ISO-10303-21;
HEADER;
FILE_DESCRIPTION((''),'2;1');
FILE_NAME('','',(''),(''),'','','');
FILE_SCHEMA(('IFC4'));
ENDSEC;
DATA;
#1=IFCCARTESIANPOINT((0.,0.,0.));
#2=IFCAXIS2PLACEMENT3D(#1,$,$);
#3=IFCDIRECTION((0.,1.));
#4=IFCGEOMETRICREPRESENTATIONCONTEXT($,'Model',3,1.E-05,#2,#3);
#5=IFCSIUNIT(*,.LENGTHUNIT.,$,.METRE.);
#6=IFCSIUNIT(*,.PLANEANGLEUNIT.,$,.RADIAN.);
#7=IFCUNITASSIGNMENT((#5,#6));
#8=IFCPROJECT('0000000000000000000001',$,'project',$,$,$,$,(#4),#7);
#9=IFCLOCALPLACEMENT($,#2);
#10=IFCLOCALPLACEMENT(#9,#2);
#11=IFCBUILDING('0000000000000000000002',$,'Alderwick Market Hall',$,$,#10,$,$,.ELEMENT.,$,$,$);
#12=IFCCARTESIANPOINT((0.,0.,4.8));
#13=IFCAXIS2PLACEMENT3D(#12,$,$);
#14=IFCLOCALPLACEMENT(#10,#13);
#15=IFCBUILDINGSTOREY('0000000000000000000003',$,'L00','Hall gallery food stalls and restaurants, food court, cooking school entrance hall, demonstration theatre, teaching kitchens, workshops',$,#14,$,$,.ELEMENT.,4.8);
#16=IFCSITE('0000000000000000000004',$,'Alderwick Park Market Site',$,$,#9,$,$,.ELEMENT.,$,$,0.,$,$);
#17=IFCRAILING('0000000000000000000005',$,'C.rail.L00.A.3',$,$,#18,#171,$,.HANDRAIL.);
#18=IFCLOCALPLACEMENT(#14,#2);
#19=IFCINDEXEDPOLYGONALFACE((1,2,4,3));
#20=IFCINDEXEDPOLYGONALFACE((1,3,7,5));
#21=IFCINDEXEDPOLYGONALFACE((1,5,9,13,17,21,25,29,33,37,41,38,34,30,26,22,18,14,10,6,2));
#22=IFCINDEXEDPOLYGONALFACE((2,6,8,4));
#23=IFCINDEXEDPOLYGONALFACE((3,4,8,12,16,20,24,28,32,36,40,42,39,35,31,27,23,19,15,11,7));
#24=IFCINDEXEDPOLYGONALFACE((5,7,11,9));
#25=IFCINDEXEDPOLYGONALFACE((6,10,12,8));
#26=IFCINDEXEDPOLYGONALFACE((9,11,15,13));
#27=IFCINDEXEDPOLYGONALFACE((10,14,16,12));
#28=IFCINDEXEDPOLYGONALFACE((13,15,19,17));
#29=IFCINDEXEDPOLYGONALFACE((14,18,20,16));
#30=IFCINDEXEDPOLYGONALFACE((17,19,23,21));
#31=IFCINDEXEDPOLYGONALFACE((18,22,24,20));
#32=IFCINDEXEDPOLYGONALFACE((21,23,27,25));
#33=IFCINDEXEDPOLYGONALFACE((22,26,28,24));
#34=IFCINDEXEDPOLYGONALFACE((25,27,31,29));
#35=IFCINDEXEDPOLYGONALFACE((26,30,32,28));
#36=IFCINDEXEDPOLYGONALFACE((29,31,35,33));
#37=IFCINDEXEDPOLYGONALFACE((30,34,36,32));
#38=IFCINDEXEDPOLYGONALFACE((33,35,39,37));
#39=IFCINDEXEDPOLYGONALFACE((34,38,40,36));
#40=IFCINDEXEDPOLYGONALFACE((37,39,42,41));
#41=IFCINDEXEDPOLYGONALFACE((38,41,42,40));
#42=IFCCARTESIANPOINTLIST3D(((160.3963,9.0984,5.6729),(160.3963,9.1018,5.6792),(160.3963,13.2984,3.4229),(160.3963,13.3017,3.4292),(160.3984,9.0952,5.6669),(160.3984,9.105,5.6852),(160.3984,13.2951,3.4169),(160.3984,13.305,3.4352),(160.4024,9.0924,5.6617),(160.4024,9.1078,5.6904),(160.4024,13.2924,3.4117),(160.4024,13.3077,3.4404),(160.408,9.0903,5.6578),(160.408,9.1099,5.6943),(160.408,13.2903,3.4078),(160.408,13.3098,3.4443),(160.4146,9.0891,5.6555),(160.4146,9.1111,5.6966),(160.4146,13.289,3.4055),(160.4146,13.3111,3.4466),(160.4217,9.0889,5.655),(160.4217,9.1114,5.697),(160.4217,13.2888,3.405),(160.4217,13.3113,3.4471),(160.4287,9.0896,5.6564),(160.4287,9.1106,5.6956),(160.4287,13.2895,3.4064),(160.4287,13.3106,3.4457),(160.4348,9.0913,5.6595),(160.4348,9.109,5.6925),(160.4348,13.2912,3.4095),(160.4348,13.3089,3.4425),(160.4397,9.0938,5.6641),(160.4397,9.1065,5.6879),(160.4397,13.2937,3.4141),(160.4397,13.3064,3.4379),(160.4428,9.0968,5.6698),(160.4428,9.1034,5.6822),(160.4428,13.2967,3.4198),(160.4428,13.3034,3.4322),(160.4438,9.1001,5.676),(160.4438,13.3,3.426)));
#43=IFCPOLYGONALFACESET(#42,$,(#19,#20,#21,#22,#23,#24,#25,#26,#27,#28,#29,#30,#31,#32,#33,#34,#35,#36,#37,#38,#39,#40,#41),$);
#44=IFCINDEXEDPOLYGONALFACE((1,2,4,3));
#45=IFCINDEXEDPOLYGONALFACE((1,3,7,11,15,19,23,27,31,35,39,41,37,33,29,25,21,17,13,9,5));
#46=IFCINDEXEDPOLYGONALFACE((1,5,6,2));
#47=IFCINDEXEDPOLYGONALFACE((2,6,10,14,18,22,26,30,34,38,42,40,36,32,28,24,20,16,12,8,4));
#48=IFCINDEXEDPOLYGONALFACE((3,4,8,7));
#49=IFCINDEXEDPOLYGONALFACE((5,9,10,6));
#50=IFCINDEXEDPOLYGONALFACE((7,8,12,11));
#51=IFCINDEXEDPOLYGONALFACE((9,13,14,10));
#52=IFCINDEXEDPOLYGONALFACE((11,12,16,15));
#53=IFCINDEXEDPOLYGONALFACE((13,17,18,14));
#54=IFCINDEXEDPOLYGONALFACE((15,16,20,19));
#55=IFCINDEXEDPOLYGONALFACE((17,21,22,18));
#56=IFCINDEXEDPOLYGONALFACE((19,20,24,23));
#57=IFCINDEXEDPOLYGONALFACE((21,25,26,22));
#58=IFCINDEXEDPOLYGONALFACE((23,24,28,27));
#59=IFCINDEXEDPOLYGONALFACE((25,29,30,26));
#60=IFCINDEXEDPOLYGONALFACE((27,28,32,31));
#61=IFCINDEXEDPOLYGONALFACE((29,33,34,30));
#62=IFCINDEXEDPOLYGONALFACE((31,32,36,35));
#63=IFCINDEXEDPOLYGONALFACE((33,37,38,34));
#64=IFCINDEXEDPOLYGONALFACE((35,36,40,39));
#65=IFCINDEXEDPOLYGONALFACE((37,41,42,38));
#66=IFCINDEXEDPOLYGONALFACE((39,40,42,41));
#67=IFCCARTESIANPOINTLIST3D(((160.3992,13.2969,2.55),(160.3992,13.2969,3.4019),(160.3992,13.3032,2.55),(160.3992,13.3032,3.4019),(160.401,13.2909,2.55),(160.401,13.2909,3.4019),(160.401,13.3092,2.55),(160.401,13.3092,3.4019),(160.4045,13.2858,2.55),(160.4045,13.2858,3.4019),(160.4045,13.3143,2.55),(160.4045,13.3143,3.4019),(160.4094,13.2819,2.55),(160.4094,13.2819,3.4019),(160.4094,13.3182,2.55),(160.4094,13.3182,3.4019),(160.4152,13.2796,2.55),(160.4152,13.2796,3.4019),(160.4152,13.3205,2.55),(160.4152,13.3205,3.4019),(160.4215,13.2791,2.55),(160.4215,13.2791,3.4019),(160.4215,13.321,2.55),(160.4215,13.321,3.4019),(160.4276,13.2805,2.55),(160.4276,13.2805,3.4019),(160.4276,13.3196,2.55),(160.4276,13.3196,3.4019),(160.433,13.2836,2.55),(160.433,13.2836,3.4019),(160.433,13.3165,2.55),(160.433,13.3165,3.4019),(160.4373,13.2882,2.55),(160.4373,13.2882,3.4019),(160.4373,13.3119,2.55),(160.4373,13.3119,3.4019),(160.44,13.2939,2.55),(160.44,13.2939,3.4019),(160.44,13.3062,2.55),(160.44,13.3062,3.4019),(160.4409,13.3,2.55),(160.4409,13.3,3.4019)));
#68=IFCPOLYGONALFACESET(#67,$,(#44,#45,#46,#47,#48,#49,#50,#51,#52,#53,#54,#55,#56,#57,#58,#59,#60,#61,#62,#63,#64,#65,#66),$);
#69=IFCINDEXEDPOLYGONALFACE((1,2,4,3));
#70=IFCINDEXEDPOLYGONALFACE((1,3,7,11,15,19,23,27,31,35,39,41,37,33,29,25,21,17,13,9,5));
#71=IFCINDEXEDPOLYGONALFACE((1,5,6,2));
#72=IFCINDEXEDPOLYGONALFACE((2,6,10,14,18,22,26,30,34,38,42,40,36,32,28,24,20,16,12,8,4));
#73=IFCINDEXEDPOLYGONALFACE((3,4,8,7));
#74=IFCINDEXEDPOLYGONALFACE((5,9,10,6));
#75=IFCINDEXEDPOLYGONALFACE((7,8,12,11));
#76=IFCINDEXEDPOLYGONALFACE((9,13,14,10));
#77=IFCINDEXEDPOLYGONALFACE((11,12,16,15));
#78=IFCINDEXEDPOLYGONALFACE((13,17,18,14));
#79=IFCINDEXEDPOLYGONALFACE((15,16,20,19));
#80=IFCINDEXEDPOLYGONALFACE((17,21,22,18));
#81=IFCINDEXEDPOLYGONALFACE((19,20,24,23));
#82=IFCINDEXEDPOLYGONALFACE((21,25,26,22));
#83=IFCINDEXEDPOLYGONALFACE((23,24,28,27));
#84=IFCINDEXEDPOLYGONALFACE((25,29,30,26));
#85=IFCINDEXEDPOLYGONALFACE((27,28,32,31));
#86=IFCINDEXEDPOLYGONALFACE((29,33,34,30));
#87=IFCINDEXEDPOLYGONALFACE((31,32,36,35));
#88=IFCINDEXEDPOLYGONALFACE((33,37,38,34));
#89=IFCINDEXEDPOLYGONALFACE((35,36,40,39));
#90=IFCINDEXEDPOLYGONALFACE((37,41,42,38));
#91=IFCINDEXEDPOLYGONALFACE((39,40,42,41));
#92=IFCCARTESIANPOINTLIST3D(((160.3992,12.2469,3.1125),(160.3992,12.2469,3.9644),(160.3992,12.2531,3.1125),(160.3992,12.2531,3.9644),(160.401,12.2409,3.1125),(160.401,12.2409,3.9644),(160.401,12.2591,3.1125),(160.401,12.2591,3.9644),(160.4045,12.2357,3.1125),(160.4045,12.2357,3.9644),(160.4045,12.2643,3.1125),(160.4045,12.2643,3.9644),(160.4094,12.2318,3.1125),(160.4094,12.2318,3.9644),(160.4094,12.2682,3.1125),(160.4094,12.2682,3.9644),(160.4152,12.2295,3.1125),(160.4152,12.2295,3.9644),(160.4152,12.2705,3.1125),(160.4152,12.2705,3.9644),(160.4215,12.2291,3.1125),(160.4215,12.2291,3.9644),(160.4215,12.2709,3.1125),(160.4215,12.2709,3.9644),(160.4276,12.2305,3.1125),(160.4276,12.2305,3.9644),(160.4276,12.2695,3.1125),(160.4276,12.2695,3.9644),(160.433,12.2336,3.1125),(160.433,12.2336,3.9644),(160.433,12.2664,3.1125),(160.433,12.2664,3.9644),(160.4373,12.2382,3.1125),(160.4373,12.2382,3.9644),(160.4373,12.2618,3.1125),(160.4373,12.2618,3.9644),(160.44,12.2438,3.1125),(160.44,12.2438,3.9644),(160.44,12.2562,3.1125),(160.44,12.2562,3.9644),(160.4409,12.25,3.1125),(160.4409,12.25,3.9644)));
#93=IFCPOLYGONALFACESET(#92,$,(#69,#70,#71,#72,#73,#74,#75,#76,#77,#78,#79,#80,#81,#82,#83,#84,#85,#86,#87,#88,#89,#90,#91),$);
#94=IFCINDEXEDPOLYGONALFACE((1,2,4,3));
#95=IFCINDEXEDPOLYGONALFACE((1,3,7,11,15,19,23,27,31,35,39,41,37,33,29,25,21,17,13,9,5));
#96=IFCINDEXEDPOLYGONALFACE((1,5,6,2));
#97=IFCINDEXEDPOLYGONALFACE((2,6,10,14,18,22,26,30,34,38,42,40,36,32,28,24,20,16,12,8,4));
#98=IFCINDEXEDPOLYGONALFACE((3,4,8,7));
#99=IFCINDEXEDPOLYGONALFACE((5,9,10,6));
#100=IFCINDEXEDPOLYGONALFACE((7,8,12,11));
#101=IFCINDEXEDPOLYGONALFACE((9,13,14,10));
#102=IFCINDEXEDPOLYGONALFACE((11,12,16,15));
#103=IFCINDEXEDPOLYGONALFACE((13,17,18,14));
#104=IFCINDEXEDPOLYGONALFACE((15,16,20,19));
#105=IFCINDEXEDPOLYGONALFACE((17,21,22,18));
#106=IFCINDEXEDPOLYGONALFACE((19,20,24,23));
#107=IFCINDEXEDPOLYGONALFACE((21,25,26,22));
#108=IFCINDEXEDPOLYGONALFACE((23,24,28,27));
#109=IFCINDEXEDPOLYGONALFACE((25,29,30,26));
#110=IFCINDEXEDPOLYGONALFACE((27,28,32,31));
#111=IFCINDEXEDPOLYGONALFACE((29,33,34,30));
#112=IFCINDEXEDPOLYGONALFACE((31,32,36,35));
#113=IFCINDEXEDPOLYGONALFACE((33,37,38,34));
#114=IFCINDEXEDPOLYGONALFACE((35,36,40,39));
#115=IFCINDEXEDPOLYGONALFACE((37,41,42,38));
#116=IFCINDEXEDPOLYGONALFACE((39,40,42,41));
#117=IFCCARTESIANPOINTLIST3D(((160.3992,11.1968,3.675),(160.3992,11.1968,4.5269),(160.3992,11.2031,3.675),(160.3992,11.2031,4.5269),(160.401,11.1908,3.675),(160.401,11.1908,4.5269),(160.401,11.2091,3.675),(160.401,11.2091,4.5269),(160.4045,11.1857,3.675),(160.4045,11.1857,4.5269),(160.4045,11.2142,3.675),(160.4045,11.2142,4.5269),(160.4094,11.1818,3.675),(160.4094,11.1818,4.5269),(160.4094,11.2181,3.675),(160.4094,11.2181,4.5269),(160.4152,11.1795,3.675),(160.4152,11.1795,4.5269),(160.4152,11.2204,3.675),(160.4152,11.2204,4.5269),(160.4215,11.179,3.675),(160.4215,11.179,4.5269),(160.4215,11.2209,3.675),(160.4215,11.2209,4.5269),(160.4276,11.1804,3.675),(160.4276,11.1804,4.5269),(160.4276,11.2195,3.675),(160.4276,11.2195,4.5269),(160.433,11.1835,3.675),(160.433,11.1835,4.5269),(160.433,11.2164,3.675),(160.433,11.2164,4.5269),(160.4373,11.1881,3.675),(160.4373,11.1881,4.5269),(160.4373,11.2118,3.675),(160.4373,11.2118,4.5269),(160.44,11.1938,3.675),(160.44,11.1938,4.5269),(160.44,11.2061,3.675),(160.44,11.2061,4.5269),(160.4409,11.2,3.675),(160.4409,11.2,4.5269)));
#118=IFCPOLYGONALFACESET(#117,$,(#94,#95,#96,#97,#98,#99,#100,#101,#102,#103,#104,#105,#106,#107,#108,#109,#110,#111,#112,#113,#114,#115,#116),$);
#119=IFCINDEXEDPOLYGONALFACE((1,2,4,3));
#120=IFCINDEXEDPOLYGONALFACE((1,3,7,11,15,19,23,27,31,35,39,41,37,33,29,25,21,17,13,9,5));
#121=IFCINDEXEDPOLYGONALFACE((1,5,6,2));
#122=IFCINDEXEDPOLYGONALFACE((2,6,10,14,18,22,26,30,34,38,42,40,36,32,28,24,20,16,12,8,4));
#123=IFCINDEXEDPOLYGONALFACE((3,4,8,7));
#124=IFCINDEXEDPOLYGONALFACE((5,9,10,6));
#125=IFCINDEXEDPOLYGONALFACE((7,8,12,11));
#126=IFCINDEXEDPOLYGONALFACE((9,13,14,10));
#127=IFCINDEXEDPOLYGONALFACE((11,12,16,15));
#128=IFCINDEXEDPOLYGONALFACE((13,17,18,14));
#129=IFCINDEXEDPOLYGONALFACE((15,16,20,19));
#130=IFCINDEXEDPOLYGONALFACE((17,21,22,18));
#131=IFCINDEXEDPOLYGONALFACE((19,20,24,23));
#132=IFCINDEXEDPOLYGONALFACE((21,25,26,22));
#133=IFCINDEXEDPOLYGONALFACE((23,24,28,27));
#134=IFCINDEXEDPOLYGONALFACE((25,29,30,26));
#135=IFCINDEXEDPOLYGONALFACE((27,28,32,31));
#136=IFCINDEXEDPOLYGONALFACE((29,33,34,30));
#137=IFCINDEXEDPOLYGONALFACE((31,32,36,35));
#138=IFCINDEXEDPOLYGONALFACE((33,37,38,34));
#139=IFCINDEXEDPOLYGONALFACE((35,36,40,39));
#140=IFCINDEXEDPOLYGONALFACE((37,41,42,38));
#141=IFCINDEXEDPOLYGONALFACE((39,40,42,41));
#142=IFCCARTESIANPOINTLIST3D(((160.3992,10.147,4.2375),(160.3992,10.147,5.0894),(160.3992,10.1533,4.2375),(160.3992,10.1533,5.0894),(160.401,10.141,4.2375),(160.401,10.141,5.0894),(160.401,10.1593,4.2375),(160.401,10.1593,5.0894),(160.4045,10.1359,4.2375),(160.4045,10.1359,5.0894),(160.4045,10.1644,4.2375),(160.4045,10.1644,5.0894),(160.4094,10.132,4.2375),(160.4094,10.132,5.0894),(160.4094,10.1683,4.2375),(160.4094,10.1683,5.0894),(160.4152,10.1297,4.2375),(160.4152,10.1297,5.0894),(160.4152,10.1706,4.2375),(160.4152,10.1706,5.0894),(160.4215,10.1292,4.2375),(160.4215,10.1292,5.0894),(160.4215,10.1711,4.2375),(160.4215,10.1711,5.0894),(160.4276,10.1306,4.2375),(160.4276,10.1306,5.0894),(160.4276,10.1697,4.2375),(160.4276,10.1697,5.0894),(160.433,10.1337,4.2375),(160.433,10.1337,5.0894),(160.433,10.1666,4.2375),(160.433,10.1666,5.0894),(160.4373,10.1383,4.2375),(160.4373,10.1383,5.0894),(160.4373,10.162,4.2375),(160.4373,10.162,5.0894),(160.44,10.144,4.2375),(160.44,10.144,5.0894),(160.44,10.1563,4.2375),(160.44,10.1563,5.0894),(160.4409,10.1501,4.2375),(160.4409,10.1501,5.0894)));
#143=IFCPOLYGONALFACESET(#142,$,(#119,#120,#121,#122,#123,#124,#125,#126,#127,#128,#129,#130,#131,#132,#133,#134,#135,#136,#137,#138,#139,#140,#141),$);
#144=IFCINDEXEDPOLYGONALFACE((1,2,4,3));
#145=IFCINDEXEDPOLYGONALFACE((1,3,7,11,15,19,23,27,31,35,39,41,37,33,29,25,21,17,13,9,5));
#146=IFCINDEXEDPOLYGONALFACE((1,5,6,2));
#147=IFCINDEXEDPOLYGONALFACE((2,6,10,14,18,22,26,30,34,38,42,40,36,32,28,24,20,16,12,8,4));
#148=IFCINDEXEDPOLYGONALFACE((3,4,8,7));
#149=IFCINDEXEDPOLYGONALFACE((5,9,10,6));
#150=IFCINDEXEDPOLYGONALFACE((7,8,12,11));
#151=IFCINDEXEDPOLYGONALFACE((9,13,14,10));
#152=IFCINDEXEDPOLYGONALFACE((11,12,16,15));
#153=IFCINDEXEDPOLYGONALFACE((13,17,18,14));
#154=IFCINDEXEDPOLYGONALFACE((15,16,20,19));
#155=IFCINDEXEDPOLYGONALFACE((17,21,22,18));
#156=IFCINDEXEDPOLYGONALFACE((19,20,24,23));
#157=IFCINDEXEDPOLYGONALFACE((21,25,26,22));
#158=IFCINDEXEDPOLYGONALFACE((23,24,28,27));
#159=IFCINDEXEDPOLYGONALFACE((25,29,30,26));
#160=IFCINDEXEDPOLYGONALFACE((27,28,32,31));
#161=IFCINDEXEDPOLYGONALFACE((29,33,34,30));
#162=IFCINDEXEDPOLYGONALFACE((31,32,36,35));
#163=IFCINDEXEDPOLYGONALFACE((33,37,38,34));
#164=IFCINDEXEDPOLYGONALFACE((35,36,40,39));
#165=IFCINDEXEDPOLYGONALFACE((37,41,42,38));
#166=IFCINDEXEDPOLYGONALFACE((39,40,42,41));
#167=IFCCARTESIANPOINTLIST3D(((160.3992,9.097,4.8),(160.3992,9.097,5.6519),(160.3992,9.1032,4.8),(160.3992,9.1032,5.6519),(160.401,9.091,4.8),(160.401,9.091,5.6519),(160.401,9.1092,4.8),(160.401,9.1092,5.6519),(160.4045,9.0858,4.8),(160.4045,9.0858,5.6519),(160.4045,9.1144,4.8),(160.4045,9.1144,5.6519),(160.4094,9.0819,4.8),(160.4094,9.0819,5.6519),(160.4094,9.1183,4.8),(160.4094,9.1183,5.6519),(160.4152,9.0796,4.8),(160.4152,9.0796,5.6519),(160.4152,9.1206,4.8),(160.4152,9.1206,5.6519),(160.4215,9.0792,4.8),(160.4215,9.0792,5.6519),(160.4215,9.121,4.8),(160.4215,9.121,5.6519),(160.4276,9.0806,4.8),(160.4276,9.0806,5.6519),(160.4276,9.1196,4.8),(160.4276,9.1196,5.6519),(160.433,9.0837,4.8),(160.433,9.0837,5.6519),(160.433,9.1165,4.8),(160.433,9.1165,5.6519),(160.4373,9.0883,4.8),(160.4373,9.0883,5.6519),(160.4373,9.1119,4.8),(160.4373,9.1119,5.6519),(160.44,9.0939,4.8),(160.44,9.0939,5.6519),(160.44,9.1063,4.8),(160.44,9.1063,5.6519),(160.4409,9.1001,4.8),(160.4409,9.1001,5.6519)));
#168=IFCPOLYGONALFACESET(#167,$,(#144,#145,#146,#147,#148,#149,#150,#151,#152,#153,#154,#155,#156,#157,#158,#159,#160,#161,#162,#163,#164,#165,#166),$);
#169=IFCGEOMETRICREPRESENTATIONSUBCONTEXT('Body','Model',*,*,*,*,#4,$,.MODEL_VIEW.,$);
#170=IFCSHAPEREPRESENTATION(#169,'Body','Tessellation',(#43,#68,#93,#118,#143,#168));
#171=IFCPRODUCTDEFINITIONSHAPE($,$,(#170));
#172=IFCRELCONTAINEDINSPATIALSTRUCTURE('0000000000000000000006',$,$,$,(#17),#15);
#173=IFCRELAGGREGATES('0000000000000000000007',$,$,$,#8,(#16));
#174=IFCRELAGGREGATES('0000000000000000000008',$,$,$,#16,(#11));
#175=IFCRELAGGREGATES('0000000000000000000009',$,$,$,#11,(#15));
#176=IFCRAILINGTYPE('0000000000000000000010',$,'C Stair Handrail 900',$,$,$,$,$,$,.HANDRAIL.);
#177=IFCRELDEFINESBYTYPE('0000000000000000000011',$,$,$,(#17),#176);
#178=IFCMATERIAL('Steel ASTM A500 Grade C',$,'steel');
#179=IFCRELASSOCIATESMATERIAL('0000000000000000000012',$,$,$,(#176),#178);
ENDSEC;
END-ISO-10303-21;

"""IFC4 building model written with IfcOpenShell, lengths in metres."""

from ifc_helpers import new_model, si_unit, direction, frame, origin, origin_2d, place, context, subcontext, project, spatial, circle, extrude, material, type_object, element, save


model = new_model("IFC4")

# Units and contexts
model_context = context("Model", 3, precision=1e-05, world=origin(), true_north=direction((0.0, 1.0)))
body_context = subcontext(model_context, "Body", "Model", "MODEL_VIEW")
ifc_project = project(units=[si_unit("LENGTHUNIT", "METRE"), si_unit("PLANEANGLEUNIT", "RADIAN")], contexts=[model_context])

# Site, building, storey
site_placement = place(None, origin())
site = spatial("IfcSite", under=ifc_project, at=site_placement, Name="Alderwick Park Market Site", CompositionType="ELEMENT", RefElevation=0.0)
building_placement = place(site_placement, origin())
building = spatial("IfcBuilding", under=site, at=building_placement, Name="Alderwick Market Hall", CompositionType="ELEMENT")
storey_placement = place(building_placement, frame((0.0, 0.0, 4.8)))
storey = spatial("IfcBuildingStorey", under=building, at=storey_placement, Name="L00", Description="Hall gallery food stalls and restaurants, food court, cooking school entrance hall, demonstration theatre, teaching kitchens, workshops", CompositionType="ELEMENT", Elevation=4.8)

# Railing
ifc_material_1 = material(Name="Steel ASTM A500 Grade C", Category="steel")
railing_type_1 = type_object("IfcRailingType", Name="C Stair Handrail 900", PredefinedType="HANDRAIL", material=ifc_material_1)
for number, where, name in (
    (1, (160.4199, 13.3, 2.55), "C.rail.L00.A.3"),
):
    element("IfcRailing", number, at=place(storey_placement, frame(where)), inside=storey, type_object=railing_type_1, Name=name, PredefinedType="HANDRAIL", context=body_context, shape_type="SweptSolid", body=[
        extrude(circle(Radius=0.0239, at=origin_2d()), frame((0.0, 0.0, 0.876), z_axis=(0.0, -0.881478, 0.472226), x_axis=(1.0, 0.0, 0.0)), (0.0, 0.0, 1.0), 4.7646),
        extrude(circle(Radius=0.021, at=origin_2d()), origin(), (0.0, 0.0, 1.0), 0.8518),
        extrude(circle(Radius=0.021, at=origin_2d()), frame((0.0, -1.05, 0.5625)), (0.0, 0.0, 1.0), 0.8518),
        extrude(circle(Radius=0.021, at=origin_2d()), frame((0.0, -2.1001, 1.125)), (0.0, 0.0, 1.0), 0.8518),
        extrude(circle(Radius=0.021, at=origin_2d()), frame((0.0, -3.1499, 1.6875)), (0.0, 0.0, 1.0), 0.8518),
        extrude(circle(Radius=0.021, at=origin_2d()), frame((0.0, -4.2, 2.25)), (0.0, 0.0, 1.0), 0.8518),
    ])

save(model, "model.ifc")
